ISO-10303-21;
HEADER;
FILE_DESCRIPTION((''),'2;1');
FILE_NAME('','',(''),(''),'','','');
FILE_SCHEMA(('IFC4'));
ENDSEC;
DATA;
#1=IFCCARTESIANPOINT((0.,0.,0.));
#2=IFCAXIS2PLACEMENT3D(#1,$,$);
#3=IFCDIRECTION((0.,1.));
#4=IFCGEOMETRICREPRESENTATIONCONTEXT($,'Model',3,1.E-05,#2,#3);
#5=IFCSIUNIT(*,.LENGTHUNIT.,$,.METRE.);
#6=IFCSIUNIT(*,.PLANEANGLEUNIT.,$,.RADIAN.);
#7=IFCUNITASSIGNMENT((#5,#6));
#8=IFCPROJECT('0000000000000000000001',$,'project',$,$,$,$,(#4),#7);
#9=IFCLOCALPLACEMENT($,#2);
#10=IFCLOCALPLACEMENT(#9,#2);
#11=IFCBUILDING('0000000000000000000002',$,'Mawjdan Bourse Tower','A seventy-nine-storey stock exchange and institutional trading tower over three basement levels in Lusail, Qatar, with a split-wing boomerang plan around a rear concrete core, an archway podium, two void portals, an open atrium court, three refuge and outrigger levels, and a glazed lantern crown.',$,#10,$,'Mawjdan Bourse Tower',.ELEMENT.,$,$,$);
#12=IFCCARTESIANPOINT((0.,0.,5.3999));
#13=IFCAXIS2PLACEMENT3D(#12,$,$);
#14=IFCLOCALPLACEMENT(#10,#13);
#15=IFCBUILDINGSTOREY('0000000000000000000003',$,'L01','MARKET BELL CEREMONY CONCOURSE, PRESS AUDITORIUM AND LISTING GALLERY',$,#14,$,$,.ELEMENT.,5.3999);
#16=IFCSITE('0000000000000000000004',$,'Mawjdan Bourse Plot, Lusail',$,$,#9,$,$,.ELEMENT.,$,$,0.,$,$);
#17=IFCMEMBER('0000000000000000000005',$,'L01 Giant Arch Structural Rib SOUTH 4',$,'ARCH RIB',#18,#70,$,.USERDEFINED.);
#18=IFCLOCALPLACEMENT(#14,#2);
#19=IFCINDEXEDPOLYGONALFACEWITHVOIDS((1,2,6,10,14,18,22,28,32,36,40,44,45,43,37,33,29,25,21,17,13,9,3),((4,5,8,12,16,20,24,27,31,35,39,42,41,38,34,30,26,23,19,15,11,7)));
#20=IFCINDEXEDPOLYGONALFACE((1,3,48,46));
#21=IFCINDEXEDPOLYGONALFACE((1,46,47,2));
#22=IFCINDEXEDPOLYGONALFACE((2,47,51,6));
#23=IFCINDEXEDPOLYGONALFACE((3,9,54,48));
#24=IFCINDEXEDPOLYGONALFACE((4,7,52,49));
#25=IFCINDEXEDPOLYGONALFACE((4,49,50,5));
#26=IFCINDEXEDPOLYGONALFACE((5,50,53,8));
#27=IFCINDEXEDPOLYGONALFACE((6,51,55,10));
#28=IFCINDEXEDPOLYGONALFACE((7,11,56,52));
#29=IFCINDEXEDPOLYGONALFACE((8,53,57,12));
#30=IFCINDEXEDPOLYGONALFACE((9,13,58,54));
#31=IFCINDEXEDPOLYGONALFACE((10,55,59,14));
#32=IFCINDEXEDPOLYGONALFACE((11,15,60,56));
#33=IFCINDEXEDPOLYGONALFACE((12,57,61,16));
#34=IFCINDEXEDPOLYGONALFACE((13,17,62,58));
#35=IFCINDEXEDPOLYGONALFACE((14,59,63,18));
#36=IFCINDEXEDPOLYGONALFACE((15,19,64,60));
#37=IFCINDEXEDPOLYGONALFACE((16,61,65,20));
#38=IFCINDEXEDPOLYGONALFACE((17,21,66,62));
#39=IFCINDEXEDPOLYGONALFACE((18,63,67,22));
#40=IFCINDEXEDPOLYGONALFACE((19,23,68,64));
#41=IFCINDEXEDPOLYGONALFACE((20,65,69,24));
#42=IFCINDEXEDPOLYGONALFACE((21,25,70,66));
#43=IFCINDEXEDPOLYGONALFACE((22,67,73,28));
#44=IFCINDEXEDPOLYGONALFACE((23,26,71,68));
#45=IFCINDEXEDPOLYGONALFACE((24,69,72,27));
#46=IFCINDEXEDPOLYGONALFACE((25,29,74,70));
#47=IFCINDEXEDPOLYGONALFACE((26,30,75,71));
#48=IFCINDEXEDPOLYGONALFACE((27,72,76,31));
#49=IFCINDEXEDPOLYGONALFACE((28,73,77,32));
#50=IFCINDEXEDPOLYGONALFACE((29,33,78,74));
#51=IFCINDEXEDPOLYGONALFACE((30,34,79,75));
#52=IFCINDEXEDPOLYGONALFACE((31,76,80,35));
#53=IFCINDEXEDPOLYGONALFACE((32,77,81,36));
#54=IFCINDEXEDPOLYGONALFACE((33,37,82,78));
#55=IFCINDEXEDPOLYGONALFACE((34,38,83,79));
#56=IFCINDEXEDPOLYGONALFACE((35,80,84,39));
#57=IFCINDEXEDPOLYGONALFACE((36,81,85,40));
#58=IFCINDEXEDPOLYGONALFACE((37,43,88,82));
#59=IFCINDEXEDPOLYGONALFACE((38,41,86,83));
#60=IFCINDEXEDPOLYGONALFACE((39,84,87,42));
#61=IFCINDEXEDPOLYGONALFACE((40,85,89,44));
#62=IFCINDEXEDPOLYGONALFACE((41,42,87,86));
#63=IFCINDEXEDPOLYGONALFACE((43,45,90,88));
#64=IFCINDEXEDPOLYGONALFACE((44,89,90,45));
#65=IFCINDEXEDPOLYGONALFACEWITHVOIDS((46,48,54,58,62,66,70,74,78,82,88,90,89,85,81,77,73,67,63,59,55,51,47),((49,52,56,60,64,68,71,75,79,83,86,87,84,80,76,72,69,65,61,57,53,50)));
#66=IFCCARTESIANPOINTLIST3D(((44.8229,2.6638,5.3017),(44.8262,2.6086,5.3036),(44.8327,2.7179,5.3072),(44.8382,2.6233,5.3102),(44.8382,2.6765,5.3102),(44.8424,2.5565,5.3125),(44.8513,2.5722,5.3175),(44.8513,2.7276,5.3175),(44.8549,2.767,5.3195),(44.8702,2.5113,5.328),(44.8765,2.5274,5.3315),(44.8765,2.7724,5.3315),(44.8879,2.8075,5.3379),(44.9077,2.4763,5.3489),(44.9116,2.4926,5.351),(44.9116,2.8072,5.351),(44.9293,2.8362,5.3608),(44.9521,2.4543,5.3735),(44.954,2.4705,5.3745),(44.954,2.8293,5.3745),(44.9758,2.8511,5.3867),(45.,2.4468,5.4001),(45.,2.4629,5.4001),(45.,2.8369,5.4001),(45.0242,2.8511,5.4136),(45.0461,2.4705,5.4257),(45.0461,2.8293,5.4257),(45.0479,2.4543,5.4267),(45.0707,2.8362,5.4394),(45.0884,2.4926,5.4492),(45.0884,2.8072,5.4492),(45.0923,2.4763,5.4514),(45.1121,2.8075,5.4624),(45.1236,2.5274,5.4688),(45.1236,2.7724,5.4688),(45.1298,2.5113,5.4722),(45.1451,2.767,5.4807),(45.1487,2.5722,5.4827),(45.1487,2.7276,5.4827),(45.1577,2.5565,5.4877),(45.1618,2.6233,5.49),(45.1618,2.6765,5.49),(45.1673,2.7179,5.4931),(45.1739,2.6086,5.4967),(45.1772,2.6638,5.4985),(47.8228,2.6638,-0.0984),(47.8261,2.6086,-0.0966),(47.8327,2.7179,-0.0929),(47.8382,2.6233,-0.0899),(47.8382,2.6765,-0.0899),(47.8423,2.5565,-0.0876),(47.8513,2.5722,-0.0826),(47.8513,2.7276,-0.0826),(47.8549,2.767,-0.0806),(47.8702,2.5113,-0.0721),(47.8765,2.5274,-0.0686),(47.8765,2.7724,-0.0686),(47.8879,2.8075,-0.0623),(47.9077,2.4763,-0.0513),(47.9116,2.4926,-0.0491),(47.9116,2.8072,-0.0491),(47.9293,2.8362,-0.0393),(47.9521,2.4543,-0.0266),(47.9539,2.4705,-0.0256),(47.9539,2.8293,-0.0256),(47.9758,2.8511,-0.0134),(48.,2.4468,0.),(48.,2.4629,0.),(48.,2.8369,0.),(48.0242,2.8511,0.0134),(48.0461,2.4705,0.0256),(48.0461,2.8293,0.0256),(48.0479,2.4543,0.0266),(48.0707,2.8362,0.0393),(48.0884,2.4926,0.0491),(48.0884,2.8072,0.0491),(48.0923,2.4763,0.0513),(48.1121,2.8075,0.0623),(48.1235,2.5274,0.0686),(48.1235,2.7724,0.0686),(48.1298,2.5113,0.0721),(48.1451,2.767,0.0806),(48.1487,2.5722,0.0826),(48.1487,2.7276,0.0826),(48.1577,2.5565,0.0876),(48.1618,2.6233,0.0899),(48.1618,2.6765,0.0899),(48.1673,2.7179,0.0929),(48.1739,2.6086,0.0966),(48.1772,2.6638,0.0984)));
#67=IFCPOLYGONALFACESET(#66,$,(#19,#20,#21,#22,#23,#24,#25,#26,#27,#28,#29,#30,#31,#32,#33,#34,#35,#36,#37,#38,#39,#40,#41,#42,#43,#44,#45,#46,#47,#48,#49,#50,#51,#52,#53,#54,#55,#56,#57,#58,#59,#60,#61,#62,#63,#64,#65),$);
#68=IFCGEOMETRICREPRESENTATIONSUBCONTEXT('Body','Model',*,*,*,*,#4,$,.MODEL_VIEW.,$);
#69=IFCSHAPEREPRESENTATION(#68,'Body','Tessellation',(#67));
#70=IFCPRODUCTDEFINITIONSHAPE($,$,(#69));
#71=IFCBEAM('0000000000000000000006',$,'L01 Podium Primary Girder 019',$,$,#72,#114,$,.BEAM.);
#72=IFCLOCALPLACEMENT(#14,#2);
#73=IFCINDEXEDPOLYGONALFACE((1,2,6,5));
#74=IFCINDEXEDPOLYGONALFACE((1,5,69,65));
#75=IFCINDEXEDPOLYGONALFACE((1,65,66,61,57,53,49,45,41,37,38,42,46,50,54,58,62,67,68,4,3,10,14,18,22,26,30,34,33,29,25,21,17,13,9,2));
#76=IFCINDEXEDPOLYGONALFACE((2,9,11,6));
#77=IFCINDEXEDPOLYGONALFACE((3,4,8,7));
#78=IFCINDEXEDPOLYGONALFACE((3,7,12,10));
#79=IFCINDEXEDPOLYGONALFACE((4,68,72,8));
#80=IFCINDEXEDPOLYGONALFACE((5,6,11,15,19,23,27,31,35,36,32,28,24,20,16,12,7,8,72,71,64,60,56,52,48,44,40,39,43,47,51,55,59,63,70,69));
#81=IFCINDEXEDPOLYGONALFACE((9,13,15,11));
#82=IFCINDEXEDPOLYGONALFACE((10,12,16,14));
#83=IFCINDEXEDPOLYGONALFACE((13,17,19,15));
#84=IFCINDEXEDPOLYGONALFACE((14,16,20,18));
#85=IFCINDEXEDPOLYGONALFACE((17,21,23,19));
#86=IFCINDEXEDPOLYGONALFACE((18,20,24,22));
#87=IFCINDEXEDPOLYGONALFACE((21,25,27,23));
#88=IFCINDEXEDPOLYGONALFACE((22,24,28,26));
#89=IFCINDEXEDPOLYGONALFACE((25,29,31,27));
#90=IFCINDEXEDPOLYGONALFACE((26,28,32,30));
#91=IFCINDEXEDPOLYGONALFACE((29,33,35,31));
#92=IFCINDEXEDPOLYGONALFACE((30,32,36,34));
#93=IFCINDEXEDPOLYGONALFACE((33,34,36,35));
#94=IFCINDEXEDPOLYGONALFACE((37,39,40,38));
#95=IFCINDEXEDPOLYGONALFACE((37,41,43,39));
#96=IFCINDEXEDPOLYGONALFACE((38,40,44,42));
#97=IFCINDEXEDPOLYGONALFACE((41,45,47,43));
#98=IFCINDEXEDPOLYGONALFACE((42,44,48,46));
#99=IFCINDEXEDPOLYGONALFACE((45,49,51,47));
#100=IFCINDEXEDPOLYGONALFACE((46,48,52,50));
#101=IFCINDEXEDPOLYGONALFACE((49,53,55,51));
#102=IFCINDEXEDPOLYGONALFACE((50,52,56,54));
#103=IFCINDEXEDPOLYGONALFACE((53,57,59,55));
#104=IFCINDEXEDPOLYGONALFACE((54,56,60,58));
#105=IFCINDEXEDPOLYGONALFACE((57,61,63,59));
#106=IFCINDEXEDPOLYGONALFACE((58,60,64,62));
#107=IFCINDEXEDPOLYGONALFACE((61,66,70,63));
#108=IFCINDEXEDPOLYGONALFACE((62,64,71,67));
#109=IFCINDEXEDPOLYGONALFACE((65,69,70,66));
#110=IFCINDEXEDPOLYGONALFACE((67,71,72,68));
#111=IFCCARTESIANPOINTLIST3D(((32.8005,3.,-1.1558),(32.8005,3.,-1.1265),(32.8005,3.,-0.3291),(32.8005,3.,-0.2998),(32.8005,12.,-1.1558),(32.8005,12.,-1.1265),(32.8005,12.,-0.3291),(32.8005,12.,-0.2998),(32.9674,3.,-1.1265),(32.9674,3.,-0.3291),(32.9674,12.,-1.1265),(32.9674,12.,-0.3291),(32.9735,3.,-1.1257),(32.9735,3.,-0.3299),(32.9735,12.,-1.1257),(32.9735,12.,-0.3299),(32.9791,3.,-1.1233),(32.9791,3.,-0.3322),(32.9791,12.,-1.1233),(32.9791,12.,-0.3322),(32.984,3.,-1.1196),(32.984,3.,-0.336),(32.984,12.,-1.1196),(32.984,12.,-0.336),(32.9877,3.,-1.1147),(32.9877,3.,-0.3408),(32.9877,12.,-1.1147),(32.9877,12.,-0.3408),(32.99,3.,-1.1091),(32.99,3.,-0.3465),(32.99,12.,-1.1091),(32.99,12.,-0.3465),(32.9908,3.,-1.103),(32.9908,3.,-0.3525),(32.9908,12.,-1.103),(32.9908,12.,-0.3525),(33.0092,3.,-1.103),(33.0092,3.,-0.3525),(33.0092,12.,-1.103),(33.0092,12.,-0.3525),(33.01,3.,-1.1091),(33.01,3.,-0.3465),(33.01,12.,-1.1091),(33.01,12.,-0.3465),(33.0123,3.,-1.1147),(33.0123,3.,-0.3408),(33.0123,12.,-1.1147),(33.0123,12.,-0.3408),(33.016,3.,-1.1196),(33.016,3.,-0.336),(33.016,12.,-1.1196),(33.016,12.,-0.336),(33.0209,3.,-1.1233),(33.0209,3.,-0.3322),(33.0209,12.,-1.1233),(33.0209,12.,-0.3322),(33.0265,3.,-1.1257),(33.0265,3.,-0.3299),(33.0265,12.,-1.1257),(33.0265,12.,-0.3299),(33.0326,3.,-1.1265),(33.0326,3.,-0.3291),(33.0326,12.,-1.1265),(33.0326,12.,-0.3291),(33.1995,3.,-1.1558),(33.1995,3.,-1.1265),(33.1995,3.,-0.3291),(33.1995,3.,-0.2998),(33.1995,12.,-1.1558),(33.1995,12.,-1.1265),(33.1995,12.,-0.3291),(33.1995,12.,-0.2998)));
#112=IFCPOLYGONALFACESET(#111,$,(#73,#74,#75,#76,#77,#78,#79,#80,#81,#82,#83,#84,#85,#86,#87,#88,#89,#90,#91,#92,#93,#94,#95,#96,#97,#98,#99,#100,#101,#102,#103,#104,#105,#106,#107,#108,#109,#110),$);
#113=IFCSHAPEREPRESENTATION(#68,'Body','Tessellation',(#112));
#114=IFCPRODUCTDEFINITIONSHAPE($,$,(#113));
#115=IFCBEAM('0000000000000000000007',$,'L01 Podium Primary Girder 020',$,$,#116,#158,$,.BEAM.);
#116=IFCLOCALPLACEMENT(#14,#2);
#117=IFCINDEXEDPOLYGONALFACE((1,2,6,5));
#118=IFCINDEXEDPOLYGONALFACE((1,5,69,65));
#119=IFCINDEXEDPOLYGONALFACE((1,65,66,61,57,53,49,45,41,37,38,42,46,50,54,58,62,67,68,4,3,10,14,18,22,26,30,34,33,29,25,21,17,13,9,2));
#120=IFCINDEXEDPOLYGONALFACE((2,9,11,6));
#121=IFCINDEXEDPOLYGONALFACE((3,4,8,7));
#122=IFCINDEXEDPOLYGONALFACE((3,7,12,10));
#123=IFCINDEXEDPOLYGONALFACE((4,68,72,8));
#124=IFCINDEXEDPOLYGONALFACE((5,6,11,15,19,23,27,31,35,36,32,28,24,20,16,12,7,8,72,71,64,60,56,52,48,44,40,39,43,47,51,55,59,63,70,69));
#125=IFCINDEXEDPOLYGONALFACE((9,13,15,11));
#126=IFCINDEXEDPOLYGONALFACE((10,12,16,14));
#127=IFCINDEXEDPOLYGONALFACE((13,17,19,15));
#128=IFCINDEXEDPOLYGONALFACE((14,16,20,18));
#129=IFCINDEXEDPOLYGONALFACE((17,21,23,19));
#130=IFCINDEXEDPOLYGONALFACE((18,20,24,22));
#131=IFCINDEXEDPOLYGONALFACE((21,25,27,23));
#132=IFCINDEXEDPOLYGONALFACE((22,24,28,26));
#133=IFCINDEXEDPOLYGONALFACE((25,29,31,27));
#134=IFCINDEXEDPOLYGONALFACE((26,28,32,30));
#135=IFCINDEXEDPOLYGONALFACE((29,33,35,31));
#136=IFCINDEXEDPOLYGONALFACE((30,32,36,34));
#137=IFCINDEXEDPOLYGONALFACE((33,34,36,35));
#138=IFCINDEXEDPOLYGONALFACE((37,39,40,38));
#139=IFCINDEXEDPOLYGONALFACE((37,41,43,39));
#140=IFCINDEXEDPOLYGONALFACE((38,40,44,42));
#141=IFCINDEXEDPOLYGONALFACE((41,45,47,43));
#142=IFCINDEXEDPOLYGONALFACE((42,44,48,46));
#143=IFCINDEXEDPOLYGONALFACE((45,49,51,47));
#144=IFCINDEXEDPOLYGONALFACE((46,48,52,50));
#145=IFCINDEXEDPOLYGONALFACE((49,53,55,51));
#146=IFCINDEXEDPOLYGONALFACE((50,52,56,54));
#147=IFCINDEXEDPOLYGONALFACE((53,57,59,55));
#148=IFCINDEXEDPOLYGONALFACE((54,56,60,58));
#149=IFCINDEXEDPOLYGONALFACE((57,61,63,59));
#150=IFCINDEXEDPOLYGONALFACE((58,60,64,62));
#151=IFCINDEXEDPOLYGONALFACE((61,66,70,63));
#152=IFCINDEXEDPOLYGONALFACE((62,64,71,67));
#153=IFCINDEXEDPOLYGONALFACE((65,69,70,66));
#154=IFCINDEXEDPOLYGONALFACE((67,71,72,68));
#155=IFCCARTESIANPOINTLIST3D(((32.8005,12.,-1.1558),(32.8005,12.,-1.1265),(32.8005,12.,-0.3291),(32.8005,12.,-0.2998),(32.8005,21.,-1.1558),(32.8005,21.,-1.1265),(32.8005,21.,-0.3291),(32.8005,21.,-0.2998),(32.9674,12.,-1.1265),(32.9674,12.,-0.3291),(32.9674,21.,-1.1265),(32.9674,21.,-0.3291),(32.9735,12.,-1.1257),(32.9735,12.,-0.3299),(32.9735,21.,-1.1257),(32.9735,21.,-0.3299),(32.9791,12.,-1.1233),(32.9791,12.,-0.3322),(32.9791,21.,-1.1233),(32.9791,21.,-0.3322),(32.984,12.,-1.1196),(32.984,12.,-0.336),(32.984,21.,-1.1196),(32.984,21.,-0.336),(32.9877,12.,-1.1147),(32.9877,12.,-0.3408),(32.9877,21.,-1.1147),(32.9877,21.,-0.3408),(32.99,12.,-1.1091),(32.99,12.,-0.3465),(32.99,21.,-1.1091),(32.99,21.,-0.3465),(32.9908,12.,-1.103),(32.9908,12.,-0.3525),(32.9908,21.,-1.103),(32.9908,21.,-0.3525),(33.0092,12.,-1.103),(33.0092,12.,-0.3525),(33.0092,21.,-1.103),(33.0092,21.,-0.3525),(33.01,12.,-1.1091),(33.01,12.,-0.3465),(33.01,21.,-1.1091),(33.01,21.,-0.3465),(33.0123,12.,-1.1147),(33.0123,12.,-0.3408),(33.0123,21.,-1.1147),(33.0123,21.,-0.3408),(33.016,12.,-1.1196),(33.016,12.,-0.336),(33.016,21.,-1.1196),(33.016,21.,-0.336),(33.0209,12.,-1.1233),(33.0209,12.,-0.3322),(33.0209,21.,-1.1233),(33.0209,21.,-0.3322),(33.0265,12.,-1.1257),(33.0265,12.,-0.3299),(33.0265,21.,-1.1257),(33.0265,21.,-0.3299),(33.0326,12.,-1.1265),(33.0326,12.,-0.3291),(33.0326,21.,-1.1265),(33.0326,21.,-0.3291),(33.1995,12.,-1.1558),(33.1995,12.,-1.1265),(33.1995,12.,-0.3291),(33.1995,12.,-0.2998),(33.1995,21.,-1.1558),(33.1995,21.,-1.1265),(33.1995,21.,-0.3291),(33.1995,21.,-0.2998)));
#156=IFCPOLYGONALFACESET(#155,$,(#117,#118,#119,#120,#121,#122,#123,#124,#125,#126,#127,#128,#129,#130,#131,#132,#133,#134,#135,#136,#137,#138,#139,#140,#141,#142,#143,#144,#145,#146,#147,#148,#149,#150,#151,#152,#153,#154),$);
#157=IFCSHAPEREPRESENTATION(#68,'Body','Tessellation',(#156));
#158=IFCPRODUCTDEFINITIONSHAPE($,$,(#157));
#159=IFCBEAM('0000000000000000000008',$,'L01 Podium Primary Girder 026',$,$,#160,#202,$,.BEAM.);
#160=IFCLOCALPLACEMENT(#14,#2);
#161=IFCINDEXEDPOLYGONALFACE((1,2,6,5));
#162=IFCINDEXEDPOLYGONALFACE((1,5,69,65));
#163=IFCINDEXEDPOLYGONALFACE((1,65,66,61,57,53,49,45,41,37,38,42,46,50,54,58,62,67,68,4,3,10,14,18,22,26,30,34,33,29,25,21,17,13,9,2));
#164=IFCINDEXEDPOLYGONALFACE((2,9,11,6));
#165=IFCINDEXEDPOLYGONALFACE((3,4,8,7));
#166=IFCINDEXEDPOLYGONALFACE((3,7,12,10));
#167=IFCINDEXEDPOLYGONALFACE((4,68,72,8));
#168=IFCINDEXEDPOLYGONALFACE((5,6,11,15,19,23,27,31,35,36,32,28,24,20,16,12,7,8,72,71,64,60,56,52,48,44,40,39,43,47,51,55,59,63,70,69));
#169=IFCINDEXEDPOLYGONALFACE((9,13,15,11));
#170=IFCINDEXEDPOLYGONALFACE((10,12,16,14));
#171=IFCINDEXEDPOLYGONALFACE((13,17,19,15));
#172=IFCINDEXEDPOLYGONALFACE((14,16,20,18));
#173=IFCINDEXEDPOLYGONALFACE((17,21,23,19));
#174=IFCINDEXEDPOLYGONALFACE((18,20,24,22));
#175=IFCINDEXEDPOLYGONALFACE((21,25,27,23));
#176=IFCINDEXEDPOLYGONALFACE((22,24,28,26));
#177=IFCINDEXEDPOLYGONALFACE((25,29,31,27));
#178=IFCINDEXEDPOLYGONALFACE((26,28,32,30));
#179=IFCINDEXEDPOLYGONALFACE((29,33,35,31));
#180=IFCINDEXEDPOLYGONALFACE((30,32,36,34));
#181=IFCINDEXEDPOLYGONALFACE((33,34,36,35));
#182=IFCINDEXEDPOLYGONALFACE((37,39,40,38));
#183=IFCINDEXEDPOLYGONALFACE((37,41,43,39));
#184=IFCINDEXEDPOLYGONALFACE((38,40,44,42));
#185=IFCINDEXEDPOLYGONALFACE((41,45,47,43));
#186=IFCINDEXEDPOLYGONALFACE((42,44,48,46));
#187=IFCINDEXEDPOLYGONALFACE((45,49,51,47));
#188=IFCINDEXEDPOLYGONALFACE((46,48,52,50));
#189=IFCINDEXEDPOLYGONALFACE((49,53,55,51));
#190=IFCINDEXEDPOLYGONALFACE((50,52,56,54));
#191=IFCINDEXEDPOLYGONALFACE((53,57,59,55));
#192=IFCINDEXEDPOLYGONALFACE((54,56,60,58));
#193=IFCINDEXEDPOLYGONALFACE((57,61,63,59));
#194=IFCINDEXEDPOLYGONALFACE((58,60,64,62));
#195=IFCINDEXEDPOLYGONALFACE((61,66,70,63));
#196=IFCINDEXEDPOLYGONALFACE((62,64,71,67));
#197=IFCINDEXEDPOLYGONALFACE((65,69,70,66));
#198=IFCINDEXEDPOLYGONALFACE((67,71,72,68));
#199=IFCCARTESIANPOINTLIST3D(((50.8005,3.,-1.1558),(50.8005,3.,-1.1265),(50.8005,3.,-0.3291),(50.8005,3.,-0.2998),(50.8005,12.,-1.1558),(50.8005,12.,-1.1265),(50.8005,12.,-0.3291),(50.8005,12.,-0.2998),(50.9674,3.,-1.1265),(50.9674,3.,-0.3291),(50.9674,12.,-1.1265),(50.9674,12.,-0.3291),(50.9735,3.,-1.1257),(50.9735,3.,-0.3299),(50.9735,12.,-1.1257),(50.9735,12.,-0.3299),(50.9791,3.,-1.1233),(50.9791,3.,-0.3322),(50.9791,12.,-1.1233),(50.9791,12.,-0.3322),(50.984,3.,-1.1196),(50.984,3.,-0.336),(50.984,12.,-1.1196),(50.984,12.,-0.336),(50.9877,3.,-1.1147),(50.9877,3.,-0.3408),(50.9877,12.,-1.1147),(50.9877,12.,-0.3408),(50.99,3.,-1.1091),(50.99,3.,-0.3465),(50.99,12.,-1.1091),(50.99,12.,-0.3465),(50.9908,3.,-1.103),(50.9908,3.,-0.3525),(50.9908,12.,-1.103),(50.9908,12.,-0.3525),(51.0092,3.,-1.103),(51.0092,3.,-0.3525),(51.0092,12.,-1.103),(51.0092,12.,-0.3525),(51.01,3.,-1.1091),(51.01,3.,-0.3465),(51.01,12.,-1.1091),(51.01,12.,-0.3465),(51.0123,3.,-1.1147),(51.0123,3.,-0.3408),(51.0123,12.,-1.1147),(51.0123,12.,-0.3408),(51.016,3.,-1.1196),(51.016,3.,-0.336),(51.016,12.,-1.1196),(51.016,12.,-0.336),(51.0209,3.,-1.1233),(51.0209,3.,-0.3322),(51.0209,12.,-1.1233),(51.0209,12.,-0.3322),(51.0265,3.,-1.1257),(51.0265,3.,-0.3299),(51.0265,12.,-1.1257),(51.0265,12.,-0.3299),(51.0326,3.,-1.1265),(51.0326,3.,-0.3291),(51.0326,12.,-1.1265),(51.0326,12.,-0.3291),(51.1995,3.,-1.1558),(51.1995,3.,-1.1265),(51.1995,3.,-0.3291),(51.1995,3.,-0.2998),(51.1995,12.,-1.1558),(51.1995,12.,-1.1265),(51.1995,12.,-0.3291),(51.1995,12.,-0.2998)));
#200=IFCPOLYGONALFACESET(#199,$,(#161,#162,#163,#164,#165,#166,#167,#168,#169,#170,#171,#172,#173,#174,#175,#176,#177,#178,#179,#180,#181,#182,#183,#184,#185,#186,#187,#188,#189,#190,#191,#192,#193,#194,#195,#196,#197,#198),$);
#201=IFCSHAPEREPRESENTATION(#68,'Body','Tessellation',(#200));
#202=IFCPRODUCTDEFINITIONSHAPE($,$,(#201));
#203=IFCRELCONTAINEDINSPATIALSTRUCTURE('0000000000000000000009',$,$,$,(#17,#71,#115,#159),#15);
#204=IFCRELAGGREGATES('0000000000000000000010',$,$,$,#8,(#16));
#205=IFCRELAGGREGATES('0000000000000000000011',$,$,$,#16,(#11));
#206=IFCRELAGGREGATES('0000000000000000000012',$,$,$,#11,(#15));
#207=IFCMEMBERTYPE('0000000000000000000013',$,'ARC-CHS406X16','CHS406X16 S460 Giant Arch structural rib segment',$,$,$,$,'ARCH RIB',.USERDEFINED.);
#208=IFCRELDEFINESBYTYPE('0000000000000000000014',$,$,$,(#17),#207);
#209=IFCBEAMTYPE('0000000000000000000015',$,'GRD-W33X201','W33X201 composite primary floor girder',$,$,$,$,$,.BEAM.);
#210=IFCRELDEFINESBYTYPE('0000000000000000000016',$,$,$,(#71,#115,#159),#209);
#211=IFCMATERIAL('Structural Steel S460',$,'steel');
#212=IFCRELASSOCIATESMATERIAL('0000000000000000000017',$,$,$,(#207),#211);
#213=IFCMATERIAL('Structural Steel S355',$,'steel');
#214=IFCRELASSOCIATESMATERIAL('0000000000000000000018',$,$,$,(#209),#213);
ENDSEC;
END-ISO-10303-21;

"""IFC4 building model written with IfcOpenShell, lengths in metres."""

from ifc_helpers import new_model, si_unit, direction, frame, origin, origin_2d, place, context, subcontext, project, spatial, hollow_circle, i_section, extrude, material, material_profile, profile_set, type_object, element, save


model = new_model("IFC4")

# Units and contexts
model_context = context("Model", 3, precision=1e-05, world=origin(), true_north=direction((0.0, 1.0)))
body_context = subcontext(model_context, "Body", "Model", "MODEL_VIEW")
ifc_project = project(units=[si_unit("LENGTHUNIT", "METRE"), si_unit("PLANEANGLEUNIT", "RADIAN")], contexts=[model_context])

# Site, building, storey
site_placement = place(None, origin())
site = spatial("IfcSite", under=ifc_project, at=site_placement, Name="Mawjdan Bourse Plot, Lusail", CompositionType="ELEMENT", RefElevation=0.0)
building_placement = place(site_placement, origin())
building = spatial("IfcBuilding", under=site, at=building_placement, Name="Mawjdan Bourse Tower", Description="A seventy-nine-storey stock exchange and institutional trading tower over three basement levels in Lusail, Qatar, with a split-wing boomerang plan around a rear concrete core, an archway podium, two void portals, an open atrium court, three refuge and outrigger levels, and a glazed lantern crown.", LongName="Mawjdan Bourse Tower", CompositionType="ELEMENT")
storey_placement = place(building_placement, frame((0.0, 0.0, 5.3999)))
storey = spatial("IfcBuildingStorey", under=building, at=storey_placement, Name="L01", Description="MARKET BELL CEREMONY CONCOURSE, PRESS AUDITORIUM AND LISTING GALLERY", CompositionType="ELEMENT", Elevation=5.3999)

# Member
ifc_material_1 = material(Name="Structural Steel S460", Category="steel")
ifc_material_profile_1 = material_profile(ifc_material_1, hollow_circle(Radius=0.2031, WallThickness=0.0161, at=origin_2d()), Name="CHS406X16")
ifc_profile_set_1 = profile_set([ifc_material_profile_1], Name="Structural Steel S460")
member_type_1 = type_object("IfcMemberType", Name="ARC-CHS406X16", Description="CHS406X16 S460 Giant Arch structural rib segment", ElementType="ARCH RIB", PredefinedType="USERDEFINED", material=ifc_profile_set_1)
for number, where, z_axis, x_axis, name in (
    (1, (48.0, 2.6499, 0.0), (-0.485633, 0.0, 0.874163), (0.0, -1.0, 0.0), "L01 Giant Arch Structural Rib SOUTH 4"),
):
    element("IfcMember", number, at=place(storey_placement, frame(where, z_axis=z_axis, x_axis=x_axis)), inside=storey, type_object=member_type_1, Name=name, ObjectType="ARCH RIB", PredefinedType="USERDEFINED", context=body_context, shape_type="SweptSolid", body=[
        extrude(hollow_circle(Radius=0.2031, WallThickness=0.0161, at=origin_2d()), origin(), (0.0, 0.0, 1.0), 6.1775),
    ])

# Beams
ifc_material_2 = material(Name="Structural Steel S355", Category="steel")
ifc_material_profile_2 = material_profile(ifc_material_2, i_section(OverallWidth=0.3989, OverallDepth=0.856, WebThickness=0.0183, FlangeThickness=0.0293, FilletRadius=0.0234, at=origin_2d()), Name="W33X201")
ifc_profile_set_2 = profile_set([ifc_material_profile_2], Name="Structural Steel S355")
beam_type_1 = type_object("IfcBeamType", Name="GRD-W33X201", Description="W33X201 composite primary floor girder", PredefinedType="BEAM", material=ifc_profile_set_2)
for number, where, z_axis, x_axis, name in (
    (2, (33.0, 3.0, -0.7278), (0.0, 1.0, 0.0), (-1.0, 0.0, 0.0), "L01 Podium Primary Girder 019"),
    (3, (33.0, 12.0, -0.7278), (0.0, 1.0, 0.0), (-1.0, 0.0, 0.0), "L01 Podium Primary Girder 020"),
    (4, (51.0, 3.0, -0.7278), (0.0, 1.0, 0.0), (-1.0, 0.0, 0.0), "L01 Podium Primary Girder 026"),
):
    element("IfcBeam", number, at=place(storey_placement, frame(where, z_axis=z_axis, x_axis=x_axis)), inside=storey, type_object=beam_type_1, Name=name, PredefinedType="BEAM", context=body_context, shape_type="SweptSolid", body=[
        extrude(i_section(OverallWidth=0.3989, OverallDepth=0.856, WebThickness=0.0183, FlangeThickness=0.0293, FilletRadius=0.0234, at=origin_2d()), origin(), (0.0, 0.0, 1.0), 9.0),
    ])

save(model, "model.ifc")
